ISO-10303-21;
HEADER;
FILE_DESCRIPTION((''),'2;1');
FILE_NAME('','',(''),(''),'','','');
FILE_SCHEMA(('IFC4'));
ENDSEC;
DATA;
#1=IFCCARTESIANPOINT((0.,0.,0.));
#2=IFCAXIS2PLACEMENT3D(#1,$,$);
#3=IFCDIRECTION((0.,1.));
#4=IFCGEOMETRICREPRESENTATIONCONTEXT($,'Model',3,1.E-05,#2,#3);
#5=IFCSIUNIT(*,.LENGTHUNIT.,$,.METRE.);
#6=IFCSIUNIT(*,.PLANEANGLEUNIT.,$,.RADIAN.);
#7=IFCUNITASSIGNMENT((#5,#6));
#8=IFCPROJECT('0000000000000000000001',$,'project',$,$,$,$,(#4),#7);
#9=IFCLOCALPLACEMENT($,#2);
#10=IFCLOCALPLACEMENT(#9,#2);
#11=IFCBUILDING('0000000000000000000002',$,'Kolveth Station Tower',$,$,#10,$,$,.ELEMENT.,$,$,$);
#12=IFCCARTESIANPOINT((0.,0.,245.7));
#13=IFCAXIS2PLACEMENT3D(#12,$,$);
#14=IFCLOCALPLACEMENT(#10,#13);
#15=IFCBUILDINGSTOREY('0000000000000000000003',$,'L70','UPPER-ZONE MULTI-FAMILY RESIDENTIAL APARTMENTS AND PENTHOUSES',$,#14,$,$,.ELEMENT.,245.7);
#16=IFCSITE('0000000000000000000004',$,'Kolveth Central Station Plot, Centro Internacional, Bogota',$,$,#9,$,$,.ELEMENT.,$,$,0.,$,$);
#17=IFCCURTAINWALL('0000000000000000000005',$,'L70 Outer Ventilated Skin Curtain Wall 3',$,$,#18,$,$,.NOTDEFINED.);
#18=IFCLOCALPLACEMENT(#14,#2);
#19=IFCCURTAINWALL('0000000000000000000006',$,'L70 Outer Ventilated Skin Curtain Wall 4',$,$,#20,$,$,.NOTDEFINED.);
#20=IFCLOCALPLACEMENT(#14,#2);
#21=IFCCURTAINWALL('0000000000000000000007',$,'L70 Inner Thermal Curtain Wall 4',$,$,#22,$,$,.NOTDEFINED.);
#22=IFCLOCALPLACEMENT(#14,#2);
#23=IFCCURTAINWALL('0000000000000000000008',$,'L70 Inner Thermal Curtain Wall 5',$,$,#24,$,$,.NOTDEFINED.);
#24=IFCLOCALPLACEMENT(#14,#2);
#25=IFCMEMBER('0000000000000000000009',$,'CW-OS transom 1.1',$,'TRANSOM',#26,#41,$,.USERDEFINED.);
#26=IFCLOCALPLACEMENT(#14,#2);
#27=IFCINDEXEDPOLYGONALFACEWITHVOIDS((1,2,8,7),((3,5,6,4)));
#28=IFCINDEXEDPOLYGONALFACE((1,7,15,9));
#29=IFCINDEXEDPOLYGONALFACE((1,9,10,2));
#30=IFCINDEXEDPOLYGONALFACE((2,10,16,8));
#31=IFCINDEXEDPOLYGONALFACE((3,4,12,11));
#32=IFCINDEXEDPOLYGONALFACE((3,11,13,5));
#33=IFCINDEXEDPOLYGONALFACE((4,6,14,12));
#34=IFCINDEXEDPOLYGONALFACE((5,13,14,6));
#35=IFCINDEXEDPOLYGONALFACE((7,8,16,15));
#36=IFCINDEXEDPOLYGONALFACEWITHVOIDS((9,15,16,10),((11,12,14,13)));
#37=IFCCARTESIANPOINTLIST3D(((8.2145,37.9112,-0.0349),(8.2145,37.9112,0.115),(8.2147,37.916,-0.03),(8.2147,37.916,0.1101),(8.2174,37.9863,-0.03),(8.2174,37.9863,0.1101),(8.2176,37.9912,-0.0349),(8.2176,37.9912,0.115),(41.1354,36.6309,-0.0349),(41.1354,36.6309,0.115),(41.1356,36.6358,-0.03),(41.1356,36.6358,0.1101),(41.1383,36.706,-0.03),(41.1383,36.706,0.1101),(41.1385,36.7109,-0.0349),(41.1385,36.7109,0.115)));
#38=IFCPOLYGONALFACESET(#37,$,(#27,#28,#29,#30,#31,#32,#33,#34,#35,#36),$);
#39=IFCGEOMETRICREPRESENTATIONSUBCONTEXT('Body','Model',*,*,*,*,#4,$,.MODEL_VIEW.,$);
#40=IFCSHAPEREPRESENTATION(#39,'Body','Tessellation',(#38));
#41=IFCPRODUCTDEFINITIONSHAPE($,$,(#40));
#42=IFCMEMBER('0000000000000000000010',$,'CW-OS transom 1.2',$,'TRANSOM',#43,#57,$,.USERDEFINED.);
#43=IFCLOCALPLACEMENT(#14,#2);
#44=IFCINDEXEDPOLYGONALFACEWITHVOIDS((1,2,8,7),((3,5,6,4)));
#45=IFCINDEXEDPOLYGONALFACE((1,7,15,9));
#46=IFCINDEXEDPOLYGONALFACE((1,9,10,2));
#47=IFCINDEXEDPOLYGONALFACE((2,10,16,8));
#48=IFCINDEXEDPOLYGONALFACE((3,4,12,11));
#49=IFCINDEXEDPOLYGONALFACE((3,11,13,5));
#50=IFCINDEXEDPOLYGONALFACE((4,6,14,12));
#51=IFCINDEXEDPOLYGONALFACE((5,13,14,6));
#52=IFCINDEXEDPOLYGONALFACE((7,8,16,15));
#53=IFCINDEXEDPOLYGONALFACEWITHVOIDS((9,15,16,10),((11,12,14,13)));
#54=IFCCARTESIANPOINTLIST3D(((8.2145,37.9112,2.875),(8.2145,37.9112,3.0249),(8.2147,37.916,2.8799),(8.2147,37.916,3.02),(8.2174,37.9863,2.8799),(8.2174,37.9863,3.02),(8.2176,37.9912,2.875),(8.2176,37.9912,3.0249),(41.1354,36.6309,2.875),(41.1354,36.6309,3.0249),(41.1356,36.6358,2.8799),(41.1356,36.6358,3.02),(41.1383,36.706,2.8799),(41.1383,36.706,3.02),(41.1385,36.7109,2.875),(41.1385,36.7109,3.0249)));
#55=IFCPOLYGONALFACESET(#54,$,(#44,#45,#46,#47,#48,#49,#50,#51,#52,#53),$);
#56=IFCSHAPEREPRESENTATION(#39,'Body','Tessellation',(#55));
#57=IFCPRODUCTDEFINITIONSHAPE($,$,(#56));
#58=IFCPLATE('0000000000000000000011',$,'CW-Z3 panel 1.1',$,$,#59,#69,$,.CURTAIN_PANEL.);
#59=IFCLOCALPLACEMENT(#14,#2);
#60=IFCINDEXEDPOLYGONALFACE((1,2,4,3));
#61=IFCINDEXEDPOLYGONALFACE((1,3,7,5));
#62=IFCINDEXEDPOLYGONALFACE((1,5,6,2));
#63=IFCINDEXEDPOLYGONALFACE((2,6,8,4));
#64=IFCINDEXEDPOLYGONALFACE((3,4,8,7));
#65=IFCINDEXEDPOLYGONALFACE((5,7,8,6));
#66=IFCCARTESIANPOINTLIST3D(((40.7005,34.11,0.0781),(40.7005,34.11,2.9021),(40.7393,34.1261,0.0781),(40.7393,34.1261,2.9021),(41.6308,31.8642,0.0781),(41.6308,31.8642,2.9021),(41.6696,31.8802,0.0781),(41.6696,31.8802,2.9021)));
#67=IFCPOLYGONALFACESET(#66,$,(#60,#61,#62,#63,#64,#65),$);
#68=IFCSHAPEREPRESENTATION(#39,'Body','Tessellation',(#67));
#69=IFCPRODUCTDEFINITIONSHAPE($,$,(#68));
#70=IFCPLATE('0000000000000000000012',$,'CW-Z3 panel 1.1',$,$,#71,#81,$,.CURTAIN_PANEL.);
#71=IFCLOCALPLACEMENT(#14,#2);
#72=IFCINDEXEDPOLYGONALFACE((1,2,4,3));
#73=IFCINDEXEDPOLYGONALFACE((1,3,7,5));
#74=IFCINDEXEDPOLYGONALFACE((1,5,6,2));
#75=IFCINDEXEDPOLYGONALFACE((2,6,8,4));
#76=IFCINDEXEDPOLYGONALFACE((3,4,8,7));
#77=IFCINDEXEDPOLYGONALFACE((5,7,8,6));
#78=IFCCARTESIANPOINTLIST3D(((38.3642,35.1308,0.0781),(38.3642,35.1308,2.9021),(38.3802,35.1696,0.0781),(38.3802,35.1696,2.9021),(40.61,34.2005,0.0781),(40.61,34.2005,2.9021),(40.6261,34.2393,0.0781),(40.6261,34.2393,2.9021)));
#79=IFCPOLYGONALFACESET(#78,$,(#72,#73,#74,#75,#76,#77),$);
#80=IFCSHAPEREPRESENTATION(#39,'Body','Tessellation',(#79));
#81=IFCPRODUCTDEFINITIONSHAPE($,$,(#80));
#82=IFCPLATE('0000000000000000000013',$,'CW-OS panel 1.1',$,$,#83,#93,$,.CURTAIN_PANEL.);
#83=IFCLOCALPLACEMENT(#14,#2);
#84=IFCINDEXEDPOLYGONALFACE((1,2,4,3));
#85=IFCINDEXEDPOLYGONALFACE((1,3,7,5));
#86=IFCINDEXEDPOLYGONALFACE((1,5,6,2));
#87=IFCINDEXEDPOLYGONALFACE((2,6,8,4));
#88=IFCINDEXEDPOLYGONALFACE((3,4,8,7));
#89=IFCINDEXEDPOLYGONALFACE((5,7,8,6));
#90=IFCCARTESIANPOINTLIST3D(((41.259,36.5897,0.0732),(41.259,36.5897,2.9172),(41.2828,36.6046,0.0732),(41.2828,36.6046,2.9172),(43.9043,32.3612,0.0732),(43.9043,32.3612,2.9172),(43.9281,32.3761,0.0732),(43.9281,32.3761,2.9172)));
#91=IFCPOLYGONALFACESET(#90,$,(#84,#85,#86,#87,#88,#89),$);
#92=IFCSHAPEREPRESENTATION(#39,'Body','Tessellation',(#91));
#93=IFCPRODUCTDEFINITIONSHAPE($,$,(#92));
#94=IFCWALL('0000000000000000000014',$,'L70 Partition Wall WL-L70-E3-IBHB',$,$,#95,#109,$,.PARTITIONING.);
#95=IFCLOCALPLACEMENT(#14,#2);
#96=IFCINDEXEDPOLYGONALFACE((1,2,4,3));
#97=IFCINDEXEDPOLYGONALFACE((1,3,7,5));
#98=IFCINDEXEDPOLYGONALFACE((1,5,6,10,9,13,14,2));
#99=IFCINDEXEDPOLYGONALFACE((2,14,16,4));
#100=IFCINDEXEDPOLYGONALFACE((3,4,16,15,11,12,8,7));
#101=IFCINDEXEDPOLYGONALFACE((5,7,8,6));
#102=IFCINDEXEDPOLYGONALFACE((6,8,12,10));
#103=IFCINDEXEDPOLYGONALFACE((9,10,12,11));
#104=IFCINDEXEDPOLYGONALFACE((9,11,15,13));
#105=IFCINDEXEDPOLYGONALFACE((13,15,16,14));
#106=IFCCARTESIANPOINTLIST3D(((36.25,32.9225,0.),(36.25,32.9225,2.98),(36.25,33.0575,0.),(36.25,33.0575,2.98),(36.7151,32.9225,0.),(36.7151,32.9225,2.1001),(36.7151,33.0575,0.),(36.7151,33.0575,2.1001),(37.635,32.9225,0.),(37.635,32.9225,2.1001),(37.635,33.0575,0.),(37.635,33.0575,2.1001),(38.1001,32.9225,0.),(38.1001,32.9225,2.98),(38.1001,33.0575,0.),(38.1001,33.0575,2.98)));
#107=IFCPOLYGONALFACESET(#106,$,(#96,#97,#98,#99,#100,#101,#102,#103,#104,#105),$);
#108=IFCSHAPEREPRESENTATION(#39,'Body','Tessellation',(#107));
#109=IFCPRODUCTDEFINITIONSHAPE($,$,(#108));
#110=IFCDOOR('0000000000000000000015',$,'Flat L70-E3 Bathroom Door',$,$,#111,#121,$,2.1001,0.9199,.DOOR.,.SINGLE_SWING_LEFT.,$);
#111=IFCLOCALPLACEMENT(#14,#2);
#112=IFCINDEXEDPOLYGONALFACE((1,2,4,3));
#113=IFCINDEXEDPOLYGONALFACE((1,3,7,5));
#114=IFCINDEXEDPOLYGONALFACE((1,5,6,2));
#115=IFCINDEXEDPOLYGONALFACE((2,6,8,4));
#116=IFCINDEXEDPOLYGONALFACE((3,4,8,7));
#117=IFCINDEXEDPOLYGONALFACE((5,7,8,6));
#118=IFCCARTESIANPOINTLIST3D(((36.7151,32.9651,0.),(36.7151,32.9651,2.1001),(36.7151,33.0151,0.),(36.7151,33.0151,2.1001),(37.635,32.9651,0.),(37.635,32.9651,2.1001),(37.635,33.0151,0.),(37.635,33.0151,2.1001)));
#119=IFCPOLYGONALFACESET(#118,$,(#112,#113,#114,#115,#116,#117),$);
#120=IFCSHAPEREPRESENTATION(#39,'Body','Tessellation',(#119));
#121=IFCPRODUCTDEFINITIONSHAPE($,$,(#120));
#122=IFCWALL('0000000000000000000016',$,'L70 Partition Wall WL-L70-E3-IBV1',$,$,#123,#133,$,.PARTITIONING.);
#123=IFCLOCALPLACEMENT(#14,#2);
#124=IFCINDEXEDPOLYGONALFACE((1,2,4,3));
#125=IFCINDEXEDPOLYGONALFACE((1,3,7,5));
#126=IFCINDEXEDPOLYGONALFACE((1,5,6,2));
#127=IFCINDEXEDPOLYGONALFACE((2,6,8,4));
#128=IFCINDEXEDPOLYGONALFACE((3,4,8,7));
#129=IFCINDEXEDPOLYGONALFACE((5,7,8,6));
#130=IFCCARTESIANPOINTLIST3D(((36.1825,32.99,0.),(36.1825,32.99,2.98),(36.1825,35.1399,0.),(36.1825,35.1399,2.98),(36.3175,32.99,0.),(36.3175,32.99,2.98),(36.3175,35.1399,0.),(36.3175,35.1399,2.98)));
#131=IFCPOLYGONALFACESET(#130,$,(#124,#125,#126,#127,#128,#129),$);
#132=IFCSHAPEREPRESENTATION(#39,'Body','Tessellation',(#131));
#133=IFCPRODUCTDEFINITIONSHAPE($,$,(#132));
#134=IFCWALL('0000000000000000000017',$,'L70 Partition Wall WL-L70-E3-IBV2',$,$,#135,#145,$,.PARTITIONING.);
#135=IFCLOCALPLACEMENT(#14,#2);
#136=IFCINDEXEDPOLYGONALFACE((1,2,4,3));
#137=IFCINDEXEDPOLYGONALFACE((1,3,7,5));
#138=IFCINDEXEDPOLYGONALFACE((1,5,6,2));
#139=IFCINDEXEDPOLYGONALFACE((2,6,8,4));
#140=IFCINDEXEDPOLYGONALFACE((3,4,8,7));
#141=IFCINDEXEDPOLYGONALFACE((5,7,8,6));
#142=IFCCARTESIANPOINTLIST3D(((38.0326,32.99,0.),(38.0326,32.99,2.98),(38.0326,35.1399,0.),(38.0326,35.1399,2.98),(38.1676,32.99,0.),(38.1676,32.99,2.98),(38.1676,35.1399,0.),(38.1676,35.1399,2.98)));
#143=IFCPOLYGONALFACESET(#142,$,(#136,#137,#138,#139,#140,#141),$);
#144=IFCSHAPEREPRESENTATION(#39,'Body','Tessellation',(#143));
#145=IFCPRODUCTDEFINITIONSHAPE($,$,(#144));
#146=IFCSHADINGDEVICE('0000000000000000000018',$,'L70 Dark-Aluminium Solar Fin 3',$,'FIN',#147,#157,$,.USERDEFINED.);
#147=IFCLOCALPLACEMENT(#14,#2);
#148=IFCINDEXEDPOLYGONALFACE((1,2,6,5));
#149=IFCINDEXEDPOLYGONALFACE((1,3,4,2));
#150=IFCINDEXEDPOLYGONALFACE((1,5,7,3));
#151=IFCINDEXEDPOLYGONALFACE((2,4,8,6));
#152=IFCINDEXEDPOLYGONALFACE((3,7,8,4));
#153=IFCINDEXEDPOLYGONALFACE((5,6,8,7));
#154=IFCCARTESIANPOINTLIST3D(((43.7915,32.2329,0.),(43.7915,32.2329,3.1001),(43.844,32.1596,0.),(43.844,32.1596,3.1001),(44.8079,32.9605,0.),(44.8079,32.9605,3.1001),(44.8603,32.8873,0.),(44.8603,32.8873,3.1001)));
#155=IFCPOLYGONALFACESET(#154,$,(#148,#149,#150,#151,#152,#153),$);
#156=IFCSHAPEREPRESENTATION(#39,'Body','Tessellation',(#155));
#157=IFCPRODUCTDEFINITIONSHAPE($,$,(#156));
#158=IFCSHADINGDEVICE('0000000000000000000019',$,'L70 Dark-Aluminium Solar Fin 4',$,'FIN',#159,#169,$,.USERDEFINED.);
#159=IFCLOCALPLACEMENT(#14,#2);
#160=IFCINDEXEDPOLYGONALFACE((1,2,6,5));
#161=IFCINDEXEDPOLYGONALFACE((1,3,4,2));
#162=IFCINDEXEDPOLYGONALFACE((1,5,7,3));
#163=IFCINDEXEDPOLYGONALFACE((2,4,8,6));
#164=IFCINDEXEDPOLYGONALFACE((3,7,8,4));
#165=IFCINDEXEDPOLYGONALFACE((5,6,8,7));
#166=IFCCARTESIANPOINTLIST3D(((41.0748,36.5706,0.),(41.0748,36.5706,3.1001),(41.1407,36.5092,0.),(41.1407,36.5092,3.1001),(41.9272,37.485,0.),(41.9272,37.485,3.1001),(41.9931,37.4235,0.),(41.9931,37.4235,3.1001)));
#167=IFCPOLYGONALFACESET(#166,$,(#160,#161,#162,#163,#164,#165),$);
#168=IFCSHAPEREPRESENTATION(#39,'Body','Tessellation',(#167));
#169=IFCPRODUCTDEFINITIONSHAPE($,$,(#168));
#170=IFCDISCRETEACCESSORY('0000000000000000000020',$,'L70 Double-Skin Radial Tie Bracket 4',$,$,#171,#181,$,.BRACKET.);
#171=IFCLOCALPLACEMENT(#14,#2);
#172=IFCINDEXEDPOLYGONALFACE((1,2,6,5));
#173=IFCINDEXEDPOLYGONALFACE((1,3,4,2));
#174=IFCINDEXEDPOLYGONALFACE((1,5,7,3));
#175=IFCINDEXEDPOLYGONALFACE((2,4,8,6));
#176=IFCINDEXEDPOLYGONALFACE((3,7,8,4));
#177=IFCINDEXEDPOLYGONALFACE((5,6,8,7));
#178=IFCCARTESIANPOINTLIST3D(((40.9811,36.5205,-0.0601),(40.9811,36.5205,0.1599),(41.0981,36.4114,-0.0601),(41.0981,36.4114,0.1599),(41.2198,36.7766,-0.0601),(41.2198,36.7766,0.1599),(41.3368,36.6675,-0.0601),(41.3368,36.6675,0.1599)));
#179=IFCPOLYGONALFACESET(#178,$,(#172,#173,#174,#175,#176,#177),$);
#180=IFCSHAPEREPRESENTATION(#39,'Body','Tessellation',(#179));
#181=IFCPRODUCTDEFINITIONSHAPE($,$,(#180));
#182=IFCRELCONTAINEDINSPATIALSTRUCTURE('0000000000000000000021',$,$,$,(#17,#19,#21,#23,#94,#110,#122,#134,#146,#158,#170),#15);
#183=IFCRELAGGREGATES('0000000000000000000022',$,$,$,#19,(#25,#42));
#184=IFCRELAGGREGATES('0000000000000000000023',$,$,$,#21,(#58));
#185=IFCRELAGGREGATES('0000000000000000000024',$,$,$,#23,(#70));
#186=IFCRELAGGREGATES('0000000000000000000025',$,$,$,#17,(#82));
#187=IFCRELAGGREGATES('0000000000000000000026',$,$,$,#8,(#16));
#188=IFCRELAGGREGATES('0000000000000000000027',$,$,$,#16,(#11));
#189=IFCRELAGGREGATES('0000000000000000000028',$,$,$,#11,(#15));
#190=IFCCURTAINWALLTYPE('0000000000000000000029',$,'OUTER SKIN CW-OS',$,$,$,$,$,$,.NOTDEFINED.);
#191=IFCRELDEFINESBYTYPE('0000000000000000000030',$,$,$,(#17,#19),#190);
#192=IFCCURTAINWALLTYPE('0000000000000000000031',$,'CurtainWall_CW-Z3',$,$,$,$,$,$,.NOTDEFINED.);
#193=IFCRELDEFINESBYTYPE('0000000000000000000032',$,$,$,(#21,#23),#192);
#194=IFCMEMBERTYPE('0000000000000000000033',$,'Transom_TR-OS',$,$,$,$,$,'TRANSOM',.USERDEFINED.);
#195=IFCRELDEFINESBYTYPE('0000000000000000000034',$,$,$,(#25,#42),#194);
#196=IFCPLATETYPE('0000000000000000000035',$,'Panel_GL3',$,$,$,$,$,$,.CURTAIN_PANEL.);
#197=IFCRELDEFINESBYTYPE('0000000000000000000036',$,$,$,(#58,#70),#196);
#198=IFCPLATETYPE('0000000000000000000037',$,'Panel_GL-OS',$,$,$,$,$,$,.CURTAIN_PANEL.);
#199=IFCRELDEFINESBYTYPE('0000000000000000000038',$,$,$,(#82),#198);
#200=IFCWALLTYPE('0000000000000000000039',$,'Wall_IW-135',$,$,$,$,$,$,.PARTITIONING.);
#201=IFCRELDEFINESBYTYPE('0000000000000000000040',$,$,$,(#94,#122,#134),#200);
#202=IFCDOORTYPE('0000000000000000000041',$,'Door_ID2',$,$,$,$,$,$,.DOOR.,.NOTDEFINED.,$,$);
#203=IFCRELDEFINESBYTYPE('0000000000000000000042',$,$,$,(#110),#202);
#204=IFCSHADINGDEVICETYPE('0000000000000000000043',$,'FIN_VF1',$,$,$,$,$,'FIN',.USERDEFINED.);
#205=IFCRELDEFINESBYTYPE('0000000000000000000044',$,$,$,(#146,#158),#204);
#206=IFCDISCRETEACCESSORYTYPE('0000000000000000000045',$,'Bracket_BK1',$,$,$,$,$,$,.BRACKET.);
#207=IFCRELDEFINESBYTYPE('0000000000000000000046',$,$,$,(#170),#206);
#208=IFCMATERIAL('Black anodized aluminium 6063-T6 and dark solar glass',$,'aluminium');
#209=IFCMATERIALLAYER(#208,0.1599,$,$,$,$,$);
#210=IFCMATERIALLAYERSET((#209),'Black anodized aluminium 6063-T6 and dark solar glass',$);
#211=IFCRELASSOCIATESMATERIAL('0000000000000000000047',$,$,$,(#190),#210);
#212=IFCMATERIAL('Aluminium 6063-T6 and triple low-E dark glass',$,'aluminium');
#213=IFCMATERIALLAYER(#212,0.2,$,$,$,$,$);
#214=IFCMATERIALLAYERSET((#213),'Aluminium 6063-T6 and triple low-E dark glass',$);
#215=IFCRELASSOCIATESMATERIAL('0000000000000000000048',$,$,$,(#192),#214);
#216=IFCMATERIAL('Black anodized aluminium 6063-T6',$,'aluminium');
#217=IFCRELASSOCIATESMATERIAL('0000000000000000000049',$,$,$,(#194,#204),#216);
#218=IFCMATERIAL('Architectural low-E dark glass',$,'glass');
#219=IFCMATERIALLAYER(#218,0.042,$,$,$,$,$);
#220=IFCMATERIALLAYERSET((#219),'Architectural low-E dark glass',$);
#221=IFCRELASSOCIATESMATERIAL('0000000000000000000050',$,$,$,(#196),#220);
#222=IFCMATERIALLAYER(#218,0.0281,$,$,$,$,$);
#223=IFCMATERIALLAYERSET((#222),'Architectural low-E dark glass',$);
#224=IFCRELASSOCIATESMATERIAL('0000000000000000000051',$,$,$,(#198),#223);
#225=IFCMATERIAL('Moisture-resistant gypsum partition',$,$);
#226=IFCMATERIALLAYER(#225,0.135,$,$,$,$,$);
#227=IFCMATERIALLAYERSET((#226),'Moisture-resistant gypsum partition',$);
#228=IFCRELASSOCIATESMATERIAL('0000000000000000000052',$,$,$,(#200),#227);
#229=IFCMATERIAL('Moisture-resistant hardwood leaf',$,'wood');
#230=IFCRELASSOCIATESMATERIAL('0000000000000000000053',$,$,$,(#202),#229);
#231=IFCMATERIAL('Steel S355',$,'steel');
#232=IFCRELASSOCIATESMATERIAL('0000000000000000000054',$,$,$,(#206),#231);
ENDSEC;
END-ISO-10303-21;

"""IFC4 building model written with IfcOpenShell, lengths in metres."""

from ifc_helpers import new_model, si_unit, direction, frame, frame_2d, origin, origin_2d, place, context, subcontext, project, spatial, rectangle, hollow_rectangle, extrude, source, transform, mapped, material, layer, layer_set, material_profile, profile_set, type_object, element, fill, aggregate, save


model = new_model("IFC4")

# Units and contexts
model_context = context("Model", 3, precision=1e-05, world=origin(), true_north=direction((0.0, 1.0)))
body_context = subcontext(model_context, "Body", "Model", "MODEL_VIEW")
ifc_project = project(units=[si_unit("LENGTHUNIT", "METRE"), si_unit("PLANEANGLEUNIT", "RADIAN")], contexts=[model_context])

# Site, building, storey
site_placement = place(None, origin())
site = spatial("IfcSite", under=ifc_project, at=site_placement, Name="Kolveth Central Station Plot, Centro Internacional, Bogota", CompositionType="ELEMENT", RefElevation=0.0)
building_placement = place(site_placement, origin())
building = spatial("IfcBuilding", under=site, at=building_placement, Name="Kolveth Station Tower", CompositionType="ELEMENT")
storey_placement = place(building_placement, frame((0.0, 0.0, 245.7)))
storey = spatial("IfcBuildingStorey", under=building, at=storey_placement, Name="L70", Description="UPPER-ZONE MULTI-FAMILY RESIDENTIAL APARTMENTS AND PENTHOUSES", CompositionType="ELEMENT", Elevation=245.7)

# Curtain walls
ifc_material_1 = material(Name="Black anodized aluminium 6063-T6 and dark solar glass", Category="aluminium")
ifc_layer_1 = layer(ifc_material_1, 0.1599)
ifc_layer_set_1 = layer_set([ifc_layer_1], Name="Black anodized aluminium 6063-T6 and dark solar glass")
curtain_wall_type_1 = type_object("IfcCurtainWallType", Name="OUTER SKIN CW-OS", PredefinedType="NOTDEFINED", material=ifc_layer_set_1)
curtain_wall_1_placement = place(storey_placement, origin())
curtain_wall_1 = element("IfcCurtainWall", 1, at=curtain_wall_1_placement, inside=storey, type_object=curtain_wall_type_1, Name="L70 Outer Ventilated Skin Curtain Wall 3", PredefinedType="NOTDEFINED")
ifc_material_2 = material(Name="Black anodized aluminium 6063-T6", Category="aluminium")
curtain_wall_2_placement = place(storey_placement, origin())
curtain_wall_2 = element("IfcCurtainWall", 2, at=curtain_wall_2_placement, inside=storey, type_object=curtain_wall_type_1, Name="L70 Outer Ventilated Skin Curtain Wall 4", PredefinedType="NOTDEFINED")
ifc_material_3 = material(Name="Aluminium 6063-T6 and triple low-E dark glass", Category="aluminium")
ifc_layer_2 = layer(ifc_material_3, 0.2)
ifc_layer_set_2 = layer_set([ifc_layer_2], Name="Aluminium 6063-T6 and triple low-E dark glass")
curtain_wall_type_2 = type_object("IfcCurtainWallType", Name="CurtainWall_CW-Z3", PredefinedType="NOTDEFINED", material=ifc_layer_set_2)
curtain_wall_3_placement = place(storey_placement, origin())
curtain_wall_3 = element("IfcCurtainWall", 3, at=curtain_wall_3_placement, inside=storey, type_object=curtain_wall_type_2, Name="L70 Inner Thermal Curtain Wall 4", PredefinedType="NOTDEFINED")

# Curtain wall
curtain_wall_4_placement = place(storey_placement, origin())
curtain_wall_4 = element("IfcCurtainWall", 4, at=curtain_wall_4_placement, inside=storey, type_object=curtain_wall_type_2, Name="L70 Inner Thermal Curtain Wall 5", PredefinedType="NOTDEFINED")

# Members
ifc_material_profile_1 = material_profile(ifc_material_2, hollow_rectangle(XDim=0.0801, YDim=0.1499, WallThickness=0.0049, at=origin_2d()), Name="ALU-80x150x5")
ifc_profile_set_1 = profile_set([ifc_material_profile_1], Name="Black anodized aluminium 6063-T6")
member_type_1 = type_object("IfcMemberType", Name="Transom_TR-OS", ElementType="TRANSOM", PredefinedType="USERDEFINED", material=ifc_profile_set_1)
shared_shape_1 = source(origin(), body_context, "Body", "SweptSolid", [
    extrude(hollow_rectangle(XDim=0.0801, YDim=0.1499, WallThickness=0.0049, at=origin_2d()), origin(), (0.0, 0.0, 1.0), 32.9458),
])
member_1_placement = place(storey_placement, frame((41.137, 36.6709, 0.04), z_axis=(-0.999245, 0.03886, 0.0), x_axis=(-0.03886, -0.999245, 0.0)))
member_1 = element("IfcMember", 5, at=member_1_placement, type_object=member_type_1, Name="CW-OS transom 1.1", ObjectType="TRANSOM", PredefinedType="USERDEFINED", context=body_context, shape_type="MappedRepresentation", body=[
    mapped(shared_shape_1, transform((0.0, 0.0, 0.0), x_axis=(1.0, 0.0, 0.0), y_axis=(0.0, 1.0, 0.0), z_axis=(0.0, 0.0, 1.0), scale=1.0)),
])
member_2_placement = place(storey_placement, frame((41.137, 36.6709, 2.95), z_axis=(-0.999245, 0.03886, 0.0), x_axis=(-0.03886, -0.999245, 0.0)))
member_2 = element("IfcMember", 6, at=member_2_placement, type_object=member_type_1, Name="CW-OS transom 1.2", ObjectType="TRANSOM", PredefinedType="USERDEFINED", context=body_context, shape_type="MappedRepresentation", body=[
    mapped(shared_shape_1, transform((0.0, 0.0, 0.0), x_axis=(1.0, 0.0, 0.0), y_axis=(0.0, 1.0, 0.0), z_axis=(0.0, 0.0, 1.0), scale=1.0)),
])
aggregate(curtain_wall_2, [member_1, member_2])

# Plates
ifc_material_4 = material(Name="Architectural low-E dark glass", Category="glass")
ifc_layer_3 = layer(ifc_material_4, 0.042)
ifc_layer_set_3 = layer_set([ifc_layer_3], Name="Architectural low-E dark glass")
plate_type_1 = type_object("IfcPlateType", Name="Panel_GL3", PredefinedType="CURTAIN_PANEL", material=ifc_layer_set_3)
shared_shape_2 = source(origin(), body_context, "Body", "SweptSolid", [
    extrude(rectangle(XDim=2.4309, YDim=0.042, at=origin_2d()), origin(), (0.0, 0.0, 1.0), 2.824),
])
plate_1_placement = place(storey_placement, frame((41.1851, 32.9951, 0.0781), z_axis=(0.0, 0.0, 1.0), x_axis=(-0.382693, 0.923875, 0.0)))
plate_1 = element("IfcPlate", 7, at=plate_1_placement, type_object=plate_type_1, Name="CW-Z3 panel 1.1", PredefinedType="CURTAIN_PANEL", context=body_context, shape_type="MappedRepresentation", body=[
    mapped(shared_shape_2, transform((0.0, 0.0, 0.0), x_axis=(1.0, 0.0, 0.0), y_axis=(0.0, 1.0, 0.0), z_axis=(0.0, 0.0, 1.0), scale=1.0)),
])
aggregate(curtain_wall_3, [plate_1])
plate_2_placement = place(storey_placement, frame((39.4951, 34.6851, 0.0781), z_axis=(0.0, 0.0, 1.0), x_axis=(-0.923875, 0.382693, 0.0)))
plate_2 = element("IfcPlate", 8, at=plate_2_placement, type_object=plate_type_1, Name="CW-Z3 panel 1.1", PredefinedType="CURTAIN_PANEL", context=body_context, shape_type="MappedRepresentation", body=[
    mapped(shared_shape_2, transform((0.0, 0.0, 0.0), x_axis=(1.0, 0.0, 0.0), y_axis=(0.0, 1.0, 0.0), z_axis=(0.0, 0.0, 1.0), scale=1.0)),
])
aggregate(curtain_wall_4, [plate_2])
ifc_layer_4 = layer(ifc_material_4, 0.0281)
ifc_layer_set_4 = layer_set([ifc_layer_4], Name="Architectural low-E dark glass")
plate_type_2 = type_object("IfcPlateType", Name="Panel_GL-OS", PredefinedType="CURTAIN_PANEL", material=ifc_layer_set_4)
shared_shape_3 = source(origin(), body_context, "Body", "SweptSolid", [
    extrude(rectangle(XDim=4.9878, YDim=0.0281, at=origin_2d()), origin(), (0.0, 0.0, 1.0), 2.844),
])
plate_3_placement = place(storey_placement, frame((42.5935, 34.4829, 0.0732), z_axis=(0.0, 0.0, 1.0), x_axis=(-0.530355, 0.847776, 0.0)))
plate_3 = element("IfcPlate", 9, at=plate_3_placement, type_object=plate_type_2, Name="CW-OS panel 1.1", PredefinedType="CURTAIN_PANEL", context=body_context, shape_type="MappedRepresentation", body=[
    mapped(shared_shape_3, transform((0.0, 0.0, 0.0), x_axis=(1.0, 0.0, 0.0), y_axis=(0.0, 1.0, 0.0), z_axis=(0.0, 0.0, 1.0), scale=1.0)),
])
aggregate(curtain_wall_1, [plate_3])

# Wall, opening, door
ifc_material_5 = material(Name="Moisture-resistant gypsum partition")
ifc_layer_5 = layer(ifc_material_5, 0.135)
ifc_layer_set_5 = layer_set([ifc_layer_5], Name="Moisture-resistant gypsum partition")
wall_type = type_object("IfcWallType", Name="Wall_IW-135", PredefinedType="PARTITIONING", material=ifc_layer_set_5)
wall_placement = place(storey_placement, frame((36.25, 32.99, 0.0), z_axis=(0.0, 0.0, 1.0), x_axis=(1.0, 0.0, 0.0)))
wall = element("IfcWall", 10, at=wall_placement, inside=storey, type_object=wall_type, Name="L70 Partition Wall WL-L70-E3-IBHB", PredefinedType="PARTITIONING", context=body_context, shape_type="SweptSolid", body=[
    extrude(rectangle(XDim=1.8501, YDim=0.135, at=frame_2d((0.925, 0.0))), origin(), (0.0, 0.0, 1.0), 2.98),
])
opening_placement = place(wall_placement, frame((0.4651, 0.0, 0.0)))
opening = element("IfcOpeningElement", 11, at=opening_placement, cuts=wall, PredefinedType="OPENING", context=body_context, shape_type="SweptSolid", body=[
    extrude(rectangle(XDim=0.9199, YDim=2.1001, at=frame_2d((0.46, 1.05))), frame((0.0, 0.0774, 0.0), z_axis=(0.0, -1.0, 0.0), x_axis=(1.0, 0.0, 0.0)), (0.0, 0.0, 1.0), 0.155),
])
ifc_material_6 = material(Name="Moisture-resistant hardwood leaf", Category="wood")
door_type = type_object("IfcDoorType", Name="Door_ID2", OperationType="NOTDEFINED", PredefinedType="DOOR", material=ifc_material_6)
door_placement = place(opening_placement, frame((0.9199, 0.0, 0.0), z_axis=(0.0, 0.0, 1.0), x_axis=(-1.0, 0.0, 0.0)))
door = element("IfcDoor", 12, at=door_placement, inside=storey, type_object=door_type, Name="Flat L70-E3 Bathroom Door", OperationType="SINGLE_SWING_LEFT", OverallHeight=2.1001, OverallWidth=0.9199, PredefinedType="DOOR", context=body_context, shape_type="SweptSolid", body=[
    extrude(rectangle(XDim=0.9199, YDim=2.1001, at=frame_2d((0.46, 1.05))), frame((0.0, 0.0249, 0.0), z_axis=(0.0, -1.0, 0.0), x_axis=(1.0, 0.0, 0.0)), (0.0, 0.0, 1.0), 0.05),
])
fill(opening, door)

# Walls
for number, where, z_axis, x_axis, name in (
    (13, (36.25, 32.99, 0.0), (0.0, 0.0, 1.0), (0.0, 1.0, 0.0), "L70 Partition Wall WL-L70-E3-IBV1"),
    (14, (38.1001, 32.99, 0.0), (0.0, 0.0, 1.0), (0.0, 1.0, 0.0), "L70 Partition Wall WL-L70-E3-IBV2"),
):
    element("IfcWall", number, at=place(storey_placement, frame(where, z_axis=z_axis, x_axis=x_axis)), inside=storey, type_object=wall_type, Name=name, PredefinedType="PARTITIONING", context=body_context, shape_type="SweptSolid", body=[
        extrude(rectangle(XDim=2.1499, YDim=0.135, at=frame_2d((1.075, 0.0))), origin(), (0.0, 0.0, 1.0), 2.98),
    ])

# Shading devices
shading_device_type = type_object("IfcShadingDeviceType", Name="FIN_VF1", ElementType="FIN", PredefinedType="USERDEFINED", material=ifc_material_2)
shared_shape_4 = source(origin(), body_context, "Body", "SweptSolid", [
    extrude(rectangle(XDim=1.25, YDim=0.0901, at=origin_2d()), origin(), (0.0, 0.0, 1.0), 3.1001),
])
for number, where, z_axis, x_axis, name in (
    (15, (44.3259, 32.5601, 0.0), (0.0, 0.0, 1.0), (0.813101, 0.582123, 0.0), "L70 Dark-Aluminium Solar Fin 3"),
    (16, (41.5339, 36.9971, 0.0), (0.0, 0.0, 1.0), (0.681871, 0.731473, 0.0), "L70 Dark-Aluminium Solar Fin 4"),
):
    element("IfcShadingDevice", number, at=place(storey_placement, frame(where, z_axis=z_axis, x_axis=x_axis)), inside=storey, type_object=shading_device_type, Name=name, ObjectType="FIN", PredefinedType="USERDEFINED", context=body_context, shape_type="MappedRepresentation", body=[
        mapped(shared_shape_4, transform((0.0, 0.0, 0.0), x_axis=(1.0, 0.0, 0.0), y_axis=(0.0, 1.0, 0.0), z_axis=(0.0, 0.0, 1.0), scale=1.0)),
    ])

# Discrete accessory
ifc_material_7 = material(Name="Steel S355", Category="steel")
discrete_accessory_type = type_object("IfcDiscreteAccessoryType", Name="Bracket_BK1", PredefinedType="BRACKET", material=ifc_material_7)
shared_shape_5 = source(origin(), body_context, "Body", "SweptSolid", [
    extrude(rectangle(XDim=0.3501, YDim=0.1599, at=origin_2d()), origin(), (0.0, 0.0, 1.0), 0.22),
])
discrete_accessory_placement = place(storey_placement, frame((41.1589, 36.594, -0.0601), z_axis=(0.0, 0.0, 1.0), x_axis=(0.681871, 0.731473, 0.0)))
element("IfcDiscreteAccessory", 17, at=discrete_accessory_placement, inside=storey, type_object=discrete_accessory_type, Name="L70 Double-Skin Radial Tie Bracket 4", PredefinedType="BRACKET", context=body_context, shape_type="MappedRepresentation", body=[
    mapped(shared_shape_5, transform((0.0, 0.0, 0.0), x_axis=(1.0, 0.0, 0.0), y_axis=(0.0, 1.0, 0.0), z_axis=(0.0, 0.0, 1.0), scale=1.0)),
])

save(model, "model.ifc")
